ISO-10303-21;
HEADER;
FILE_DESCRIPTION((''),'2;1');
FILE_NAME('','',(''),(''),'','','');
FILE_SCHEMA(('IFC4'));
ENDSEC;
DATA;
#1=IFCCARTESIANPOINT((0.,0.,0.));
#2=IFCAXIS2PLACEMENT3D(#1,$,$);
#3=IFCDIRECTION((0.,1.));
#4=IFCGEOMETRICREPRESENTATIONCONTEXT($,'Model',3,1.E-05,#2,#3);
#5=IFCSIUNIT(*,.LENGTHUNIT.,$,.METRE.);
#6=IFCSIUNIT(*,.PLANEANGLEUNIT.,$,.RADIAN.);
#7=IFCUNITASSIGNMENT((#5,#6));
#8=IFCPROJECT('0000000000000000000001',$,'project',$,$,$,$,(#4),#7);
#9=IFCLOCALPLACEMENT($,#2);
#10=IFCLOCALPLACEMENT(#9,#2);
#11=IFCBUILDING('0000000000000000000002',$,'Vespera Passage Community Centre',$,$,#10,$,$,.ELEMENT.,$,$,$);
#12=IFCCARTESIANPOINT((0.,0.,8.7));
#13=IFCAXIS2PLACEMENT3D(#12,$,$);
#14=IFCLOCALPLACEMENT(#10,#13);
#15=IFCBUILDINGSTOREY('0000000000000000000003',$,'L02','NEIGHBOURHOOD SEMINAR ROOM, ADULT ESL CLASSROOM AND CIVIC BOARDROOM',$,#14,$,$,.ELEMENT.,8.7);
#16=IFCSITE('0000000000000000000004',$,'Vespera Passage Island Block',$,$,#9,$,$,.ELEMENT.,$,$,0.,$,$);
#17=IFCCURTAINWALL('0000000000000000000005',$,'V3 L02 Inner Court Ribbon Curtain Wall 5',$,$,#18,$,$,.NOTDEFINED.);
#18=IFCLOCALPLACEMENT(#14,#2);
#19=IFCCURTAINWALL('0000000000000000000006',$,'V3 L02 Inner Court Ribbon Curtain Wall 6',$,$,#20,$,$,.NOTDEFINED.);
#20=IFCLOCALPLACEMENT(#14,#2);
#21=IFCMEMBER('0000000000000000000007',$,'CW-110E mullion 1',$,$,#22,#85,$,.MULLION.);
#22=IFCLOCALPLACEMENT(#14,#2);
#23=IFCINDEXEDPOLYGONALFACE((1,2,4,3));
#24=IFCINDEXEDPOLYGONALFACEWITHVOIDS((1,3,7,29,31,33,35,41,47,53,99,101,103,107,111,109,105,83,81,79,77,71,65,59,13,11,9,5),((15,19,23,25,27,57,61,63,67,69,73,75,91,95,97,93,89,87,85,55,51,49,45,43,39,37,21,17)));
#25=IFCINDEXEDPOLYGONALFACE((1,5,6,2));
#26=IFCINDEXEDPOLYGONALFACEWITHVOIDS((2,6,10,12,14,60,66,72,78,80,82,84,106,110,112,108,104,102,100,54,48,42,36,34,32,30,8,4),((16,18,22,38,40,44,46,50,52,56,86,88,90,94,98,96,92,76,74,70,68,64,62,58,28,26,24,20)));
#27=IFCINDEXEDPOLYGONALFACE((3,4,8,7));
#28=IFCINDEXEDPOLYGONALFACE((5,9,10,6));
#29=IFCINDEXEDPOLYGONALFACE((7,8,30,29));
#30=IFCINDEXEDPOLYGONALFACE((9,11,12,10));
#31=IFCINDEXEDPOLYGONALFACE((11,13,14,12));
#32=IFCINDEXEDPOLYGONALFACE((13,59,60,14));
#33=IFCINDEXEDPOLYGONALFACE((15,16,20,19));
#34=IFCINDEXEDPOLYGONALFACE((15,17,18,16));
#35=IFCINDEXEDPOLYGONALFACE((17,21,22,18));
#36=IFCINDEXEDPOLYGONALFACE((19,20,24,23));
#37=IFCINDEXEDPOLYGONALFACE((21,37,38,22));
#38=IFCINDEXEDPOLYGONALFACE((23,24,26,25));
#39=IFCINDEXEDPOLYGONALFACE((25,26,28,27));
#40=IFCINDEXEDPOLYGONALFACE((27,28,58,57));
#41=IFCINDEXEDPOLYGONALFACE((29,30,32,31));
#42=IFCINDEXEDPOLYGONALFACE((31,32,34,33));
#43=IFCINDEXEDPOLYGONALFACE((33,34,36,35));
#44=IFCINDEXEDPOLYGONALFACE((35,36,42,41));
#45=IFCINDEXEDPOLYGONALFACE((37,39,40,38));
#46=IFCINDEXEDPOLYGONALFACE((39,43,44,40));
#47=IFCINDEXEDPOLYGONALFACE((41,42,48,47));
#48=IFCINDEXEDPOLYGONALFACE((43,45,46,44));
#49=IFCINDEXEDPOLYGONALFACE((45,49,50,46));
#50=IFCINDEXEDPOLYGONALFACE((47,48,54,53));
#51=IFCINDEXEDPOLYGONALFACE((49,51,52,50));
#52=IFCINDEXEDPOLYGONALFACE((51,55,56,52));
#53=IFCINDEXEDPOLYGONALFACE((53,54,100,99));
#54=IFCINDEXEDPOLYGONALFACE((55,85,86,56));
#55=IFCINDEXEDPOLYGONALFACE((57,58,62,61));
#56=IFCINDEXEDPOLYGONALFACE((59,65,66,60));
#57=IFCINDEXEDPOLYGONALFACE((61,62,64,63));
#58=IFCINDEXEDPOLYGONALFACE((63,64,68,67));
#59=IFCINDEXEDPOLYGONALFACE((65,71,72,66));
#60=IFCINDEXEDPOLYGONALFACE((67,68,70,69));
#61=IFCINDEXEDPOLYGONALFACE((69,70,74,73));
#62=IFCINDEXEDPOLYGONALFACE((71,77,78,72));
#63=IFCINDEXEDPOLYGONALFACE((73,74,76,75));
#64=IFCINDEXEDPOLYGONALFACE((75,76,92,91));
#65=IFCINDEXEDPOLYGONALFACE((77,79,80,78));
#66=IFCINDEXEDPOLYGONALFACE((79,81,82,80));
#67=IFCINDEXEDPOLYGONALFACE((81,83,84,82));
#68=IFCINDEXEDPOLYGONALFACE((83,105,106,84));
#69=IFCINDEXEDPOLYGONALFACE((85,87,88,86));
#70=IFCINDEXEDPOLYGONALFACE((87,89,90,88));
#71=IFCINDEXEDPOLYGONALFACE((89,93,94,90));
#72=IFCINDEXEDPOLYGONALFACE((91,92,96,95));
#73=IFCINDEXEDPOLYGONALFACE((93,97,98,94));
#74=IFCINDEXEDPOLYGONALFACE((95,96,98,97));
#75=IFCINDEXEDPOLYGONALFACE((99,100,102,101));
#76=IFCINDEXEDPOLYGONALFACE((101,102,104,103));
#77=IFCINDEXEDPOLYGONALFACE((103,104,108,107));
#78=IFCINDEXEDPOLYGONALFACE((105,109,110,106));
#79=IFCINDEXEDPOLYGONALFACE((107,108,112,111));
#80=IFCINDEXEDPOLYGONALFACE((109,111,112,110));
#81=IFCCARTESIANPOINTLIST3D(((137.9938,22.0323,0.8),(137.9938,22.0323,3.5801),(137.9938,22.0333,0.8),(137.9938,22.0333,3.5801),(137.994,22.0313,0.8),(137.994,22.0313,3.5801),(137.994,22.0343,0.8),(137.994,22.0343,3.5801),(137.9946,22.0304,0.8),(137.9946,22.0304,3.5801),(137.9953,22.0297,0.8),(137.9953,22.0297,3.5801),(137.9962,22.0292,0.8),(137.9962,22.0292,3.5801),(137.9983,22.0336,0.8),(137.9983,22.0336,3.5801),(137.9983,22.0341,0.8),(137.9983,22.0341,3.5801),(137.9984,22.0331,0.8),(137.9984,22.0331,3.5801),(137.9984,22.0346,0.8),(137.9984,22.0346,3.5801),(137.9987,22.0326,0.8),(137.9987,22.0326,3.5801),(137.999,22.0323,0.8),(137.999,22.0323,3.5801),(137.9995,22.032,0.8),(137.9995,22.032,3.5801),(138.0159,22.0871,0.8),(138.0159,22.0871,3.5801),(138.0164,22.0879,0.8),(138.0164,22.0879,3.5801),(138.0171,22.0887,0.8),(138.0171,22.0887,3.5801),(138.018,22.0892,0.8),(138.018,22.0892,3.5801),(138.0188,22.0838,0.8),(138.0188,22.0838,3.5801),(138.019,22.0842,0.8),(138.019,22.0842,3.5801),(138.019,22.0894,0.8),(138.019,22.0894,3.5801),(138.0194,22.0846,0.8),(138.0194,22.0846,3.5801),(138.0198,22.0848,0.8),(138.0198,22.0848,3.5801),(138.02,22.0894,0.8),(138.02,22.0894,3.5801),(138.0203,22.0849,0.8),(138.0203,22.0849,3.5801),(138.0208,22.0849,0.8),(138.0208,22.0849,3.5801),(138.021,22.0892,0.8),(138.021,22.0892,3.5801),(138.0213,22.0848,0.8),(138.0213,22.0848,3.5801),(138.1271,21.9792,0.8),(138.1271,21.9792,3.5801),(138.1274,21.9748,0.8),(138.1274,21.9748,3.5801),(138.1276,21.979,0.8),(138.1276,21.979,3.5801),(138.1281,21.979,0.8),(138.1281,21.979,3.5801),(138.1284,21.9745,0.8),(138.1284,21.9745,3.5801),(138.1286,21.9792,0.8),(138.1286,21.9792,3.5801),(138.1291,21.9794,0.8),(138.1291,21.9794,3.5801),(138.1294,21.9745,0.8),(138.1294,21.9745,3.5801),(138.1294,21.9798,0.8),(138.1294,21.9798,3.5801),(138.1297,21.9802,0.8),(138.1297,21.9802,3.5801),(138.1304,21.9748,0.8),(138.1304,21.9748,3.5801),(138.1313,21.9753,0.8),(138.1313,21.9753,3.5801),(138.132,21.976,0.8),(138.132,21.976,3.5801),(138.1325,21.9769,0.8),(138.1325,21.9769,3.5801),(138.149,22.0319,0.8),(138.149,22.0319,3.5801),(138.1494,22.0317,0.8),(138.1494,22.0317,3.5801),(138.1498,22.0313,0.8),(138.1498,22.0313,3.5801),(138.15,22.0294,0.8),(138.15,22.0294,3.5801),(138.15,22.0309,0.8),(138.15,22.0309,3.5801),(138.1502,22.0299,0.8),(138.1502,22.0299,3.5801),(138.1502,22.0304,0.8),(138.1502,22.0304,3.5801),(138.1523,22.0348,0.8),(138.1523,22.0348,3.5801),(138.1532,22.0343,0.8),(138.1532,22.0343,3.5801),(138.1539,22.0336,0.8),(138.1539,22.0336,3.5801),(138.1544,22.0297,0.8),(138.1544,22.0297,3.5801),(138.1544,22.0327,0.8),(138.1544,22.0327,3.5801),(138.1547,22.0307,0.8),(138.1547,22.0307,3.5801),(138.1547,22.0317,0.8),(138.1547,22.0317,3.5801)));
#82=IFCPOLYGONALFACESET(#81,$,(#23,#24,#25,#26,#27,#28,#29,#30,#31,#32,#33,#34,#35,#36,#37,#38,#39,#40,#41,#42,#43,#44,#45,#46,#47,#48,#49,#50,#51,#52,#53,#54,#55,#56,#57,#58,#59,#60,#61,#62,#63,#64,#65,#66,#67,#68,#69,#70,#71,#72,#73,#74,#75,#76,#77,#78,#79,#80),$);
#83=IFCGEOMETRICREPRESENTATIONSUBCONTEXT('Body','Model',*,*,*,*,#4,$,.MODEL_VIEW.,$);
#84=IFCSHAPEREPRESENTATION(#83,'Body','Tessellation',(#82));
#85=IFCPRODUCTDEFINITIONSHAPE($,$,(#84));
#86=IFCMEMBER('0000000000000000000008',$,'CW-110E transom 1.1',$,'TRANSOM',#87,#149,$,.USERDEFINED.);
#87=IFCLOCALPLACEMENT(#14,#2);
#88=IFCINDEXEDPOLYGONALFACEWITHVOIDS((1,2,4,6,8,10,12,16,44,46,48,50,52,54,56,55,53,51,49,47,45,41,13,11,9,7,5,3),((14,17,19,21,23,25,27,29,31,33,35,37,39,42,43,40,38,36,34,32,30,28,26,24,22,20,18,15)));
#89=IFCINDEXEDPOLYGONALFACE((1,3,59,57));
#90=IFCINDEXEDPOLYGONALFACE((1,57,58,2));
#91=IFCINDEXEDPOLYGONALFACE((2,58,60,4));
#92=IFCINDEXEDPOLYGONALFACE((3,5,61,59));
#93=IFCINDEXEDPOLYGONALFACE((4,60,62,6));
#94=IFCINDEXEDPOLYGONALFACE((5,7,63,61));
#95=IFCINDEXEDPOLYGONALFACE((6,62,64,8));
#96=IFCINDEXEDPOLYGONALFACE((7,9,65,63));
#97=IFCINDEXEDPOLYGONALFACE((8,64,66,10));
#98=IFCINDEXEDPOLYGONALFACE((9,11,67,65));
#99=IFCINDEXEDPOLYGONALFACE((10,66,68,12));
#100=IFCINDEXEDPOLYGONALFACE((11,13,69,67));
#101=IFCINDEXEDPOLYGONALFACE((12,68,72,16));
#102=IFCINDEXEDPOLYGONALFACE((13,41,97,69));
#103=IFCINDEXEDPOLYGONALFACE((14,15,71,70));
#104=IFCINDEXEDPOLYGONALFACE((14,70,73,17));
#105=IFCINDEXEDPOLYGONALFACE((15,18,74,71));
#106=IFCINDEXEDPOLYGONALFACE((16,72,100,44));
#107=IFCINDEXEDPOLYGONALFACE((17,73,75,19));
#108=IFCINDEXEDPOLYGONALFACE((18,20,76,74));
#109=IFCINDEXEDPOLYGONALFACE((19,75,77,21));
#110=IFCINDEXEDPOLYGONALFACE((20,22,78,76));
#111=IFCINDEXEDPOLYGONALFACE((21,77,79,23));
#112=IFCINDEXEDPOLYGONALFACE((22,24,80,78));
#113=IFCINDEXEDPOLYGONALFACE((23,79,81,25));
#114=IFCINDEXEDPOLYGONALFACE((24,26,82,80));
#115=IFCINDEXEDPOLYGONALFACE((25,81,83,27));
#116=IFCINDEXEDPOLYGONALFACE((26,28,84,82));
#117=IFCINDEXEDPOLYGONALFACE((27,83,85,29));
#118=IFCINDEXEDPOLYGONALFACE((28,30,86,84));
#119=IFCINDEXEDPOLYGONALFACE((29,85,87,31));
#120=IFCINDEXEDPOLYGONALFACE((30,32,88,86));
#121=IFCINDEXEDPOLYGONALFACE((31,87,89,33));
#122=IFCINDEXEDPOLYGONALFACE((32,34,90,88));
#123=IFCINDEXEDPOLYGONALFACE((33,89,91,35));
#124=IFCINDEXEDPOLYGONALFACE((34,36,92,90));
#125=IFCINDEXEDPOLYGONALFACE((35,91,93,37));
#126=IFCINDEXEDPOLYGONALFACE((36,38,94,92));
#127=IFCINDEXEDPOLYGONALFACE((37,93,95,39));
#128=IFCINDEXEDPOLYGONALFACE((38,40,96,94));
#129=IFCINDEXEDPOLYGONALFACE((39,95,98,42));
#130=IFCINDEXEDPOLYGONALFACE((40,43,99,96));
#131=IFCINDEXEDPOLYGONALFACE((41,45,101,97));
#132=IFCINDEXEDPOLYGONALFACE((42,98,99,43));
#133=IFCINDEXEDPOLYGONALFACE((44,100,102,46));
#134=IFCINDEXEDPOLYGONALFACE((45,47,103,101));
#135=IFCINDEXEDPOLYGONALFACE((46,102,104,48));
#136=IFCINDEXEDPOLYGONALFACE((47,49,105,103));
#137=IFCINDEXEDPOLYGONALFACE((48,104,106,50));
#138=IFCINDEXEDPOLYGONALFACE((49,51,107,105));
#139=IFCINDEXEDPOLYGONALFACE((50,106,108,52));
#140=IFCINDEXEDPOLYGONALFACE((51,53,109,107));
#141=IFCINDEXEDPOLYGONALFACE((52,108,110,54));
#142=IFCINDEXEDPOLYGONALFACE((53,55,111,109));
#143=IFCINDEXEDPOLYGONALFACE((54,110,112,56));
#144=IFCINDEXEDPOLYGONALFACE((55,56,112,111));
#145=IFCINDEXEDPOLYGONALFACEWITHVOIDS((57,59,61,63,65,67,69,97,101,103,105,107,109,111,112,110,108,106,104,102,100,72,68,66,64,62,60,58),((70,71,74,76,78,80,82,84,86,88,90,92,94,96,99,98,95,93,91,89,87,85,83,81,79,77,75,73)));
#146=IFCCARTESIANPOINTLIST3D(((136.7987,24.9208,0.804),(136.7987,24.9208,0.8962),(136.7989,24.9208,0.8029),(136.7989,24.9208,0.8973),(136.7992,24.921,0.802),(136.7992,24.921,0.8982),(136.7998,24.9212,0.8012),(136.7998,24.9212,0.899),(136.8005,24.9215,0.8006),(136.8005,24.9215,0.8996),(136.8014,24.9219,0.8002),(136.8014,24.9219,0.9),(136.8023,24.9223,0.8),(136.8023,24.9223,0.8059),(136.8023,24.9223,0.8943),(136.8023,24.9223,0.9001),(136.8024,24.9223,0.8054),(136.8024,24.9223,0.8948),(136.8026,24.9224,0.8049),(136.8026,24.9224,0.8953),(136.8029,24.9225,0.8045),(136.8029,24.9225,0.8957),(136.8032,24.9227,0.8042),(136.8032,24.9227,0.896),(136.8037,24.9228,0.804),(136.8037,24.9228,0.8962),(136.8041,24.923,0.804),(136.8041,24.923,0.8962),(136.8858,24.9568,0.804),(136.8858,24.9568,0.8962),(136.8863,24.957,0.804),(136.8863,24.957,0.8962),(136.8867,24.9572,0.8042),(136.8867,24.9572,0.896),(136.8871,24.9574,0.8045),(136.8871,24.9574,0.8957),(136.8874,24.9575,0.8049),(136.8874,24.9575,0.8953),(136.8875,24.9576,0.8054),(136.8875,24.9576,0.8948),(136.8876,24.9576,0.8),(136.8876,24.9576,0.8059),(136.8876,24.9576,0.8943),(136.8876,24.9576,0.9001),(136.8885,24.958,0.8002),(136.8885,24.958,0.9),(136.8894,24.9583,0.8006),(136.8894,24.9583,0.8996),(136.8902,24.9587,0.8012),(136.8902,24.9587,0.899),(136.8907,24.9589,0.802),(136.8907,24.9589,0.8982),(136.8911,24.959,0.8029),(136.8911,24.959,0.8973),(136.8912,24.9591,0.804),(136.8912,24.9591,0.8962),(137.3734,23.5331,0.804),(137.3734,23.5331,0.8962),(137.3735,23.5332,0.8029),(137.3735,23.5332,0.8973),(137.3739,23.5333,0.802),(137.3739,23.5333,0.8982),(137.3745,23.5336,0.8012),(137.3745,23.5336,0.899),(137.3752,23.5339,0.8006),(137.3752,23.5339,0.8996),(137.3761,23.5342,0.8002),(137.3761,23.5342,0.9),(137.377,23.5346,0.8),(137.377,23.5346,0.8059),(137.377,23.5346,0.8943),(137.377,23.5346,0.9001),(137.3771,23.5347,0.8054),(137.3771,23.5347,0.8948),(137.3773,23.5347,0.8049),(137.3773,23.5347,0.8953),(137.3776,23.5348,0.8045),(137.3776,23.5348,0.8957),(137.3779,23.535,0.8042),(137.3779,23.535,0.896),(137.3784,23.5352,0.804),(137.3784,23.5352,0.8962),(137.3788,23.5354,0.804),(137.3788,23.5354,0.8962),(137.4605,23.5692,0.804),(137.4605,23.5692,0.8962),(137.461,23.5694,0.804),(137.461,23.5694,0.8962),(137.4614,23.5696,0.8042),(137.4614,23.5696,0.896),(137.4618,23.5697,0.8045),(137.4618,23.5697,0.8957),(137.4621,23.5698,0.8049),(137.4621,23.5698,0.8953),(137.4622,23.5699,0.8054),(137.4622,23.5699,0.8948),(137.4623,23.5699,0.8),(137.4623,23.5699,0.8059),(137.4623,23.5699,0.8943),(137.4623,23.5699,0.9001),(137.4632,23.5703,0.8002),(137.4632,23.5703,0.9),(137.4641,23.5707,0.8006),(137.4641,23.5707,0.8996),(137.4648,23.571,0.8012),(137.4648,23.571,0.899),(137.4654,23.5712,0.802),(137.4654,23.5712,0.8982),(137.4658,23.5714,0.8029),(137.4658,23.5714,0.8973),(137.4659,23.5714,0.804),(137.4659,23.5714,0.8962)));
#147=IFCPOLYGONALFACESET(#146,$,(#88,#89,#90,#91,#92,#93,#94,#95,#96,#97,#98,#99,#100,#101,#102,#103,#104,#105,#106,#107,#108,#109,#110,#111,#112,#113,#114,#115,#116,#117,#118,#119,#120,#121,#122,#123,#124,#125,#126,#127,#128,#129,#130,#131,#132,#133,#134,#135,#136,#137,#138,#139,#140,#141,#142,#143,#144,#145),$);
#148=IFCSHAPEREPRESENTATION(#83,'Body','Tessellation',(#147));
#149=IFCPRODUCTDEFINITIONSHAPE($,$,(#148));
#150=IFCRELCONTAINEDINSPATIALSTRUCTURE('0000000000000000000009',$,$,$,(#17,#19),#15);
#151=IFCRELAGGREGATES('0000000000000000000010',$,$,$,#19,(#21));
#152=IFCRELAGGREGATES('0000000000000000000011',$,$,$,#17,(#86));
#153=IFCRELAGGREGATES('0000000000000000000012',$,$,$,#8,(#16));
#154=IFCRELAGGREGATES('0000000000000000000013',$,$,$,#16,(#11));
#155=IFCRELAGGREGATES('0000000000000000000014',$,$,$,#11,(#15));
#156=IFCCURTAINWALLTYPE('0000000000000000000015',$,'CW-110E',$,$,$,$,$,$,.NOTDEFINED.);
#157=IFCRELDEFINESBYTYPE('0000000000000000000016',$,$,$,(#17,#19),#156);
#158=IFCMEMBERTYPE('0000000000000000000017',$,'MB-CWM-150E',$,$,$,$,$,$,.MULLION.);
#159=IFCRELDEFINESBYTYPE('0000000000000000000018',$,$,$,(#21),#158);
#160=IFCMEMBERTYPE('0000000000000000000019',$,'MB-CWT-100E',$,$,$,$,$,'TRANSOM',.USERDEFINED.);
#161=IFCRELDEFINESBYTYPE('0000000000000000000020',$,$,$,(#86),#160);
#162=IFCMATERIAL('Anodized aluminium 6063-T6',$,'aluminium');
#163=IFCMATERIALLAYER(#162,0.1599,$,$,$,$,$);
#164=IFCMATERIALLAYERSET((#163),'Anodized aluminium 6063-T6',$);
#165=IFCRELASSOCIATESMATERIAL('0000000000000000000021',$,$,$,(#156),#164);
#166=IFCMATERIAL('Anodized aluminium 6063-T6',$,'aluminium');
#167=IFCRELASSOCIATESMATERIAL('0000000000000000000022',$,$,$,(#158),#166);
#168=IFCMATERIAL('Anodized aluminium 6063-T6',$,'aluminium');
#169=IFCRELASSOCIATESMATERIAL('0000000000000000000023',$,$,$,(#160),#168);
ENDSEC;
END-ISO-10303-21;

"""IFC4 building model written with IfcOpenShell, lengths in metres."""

from ifc_helpers import new_model, si_unit, direction, frame, origin, origin_2d, place, context, subcontext, project, spatial, hollow_rectangle, extrude, material, layer, layer_set, material_profile, profile_set, type_object, element, aggregate, save


model = new_model("IFC4")

# Units and contexts
model_context = context("Model", 3, precision=1e-05, world=origin(), true_north=direction((0.0, 1.0)))
body_context = subcontext(model_context, "Body", "Model", "MODEL_VIEW")
ifc_project = project(units=[si_unit("LENGTHUNIT", "METRE"), si_unit("PLANEANGLEUNIT", "RADIAN")], contexts=[model_context])

# Site, building, storey
site_placement = place(None, origin())
site = spatial("IfcSite", under=ifc_project, at=site_placement, Name="Vespera Passage Island Block", CompositionType="ELEMENT", RefElevation=0.0)
building_placement = place(site_placement, origin())
building = spatial("IfcBuilding", under=site, at=building_placement, Name="Vespera Passage Community Centre", CompositionType="ELEMENT")
storey_placement = place(building_placement, frame((0.0, 0.0, 8.7)))
storey = spatial("IfcBuildingStorey", under=building, at=storey_placement, Name="L02", Description="NEIGHBOURHOOD SEMINAR ROOM, ADULT ESL CLASSROOM AND CIVIC BOARDROOM", CompositionType="ELEMENT", Elevation=8.7)

# Curtain wall
ifc_material_1 = material(Name="Anodized aluminium 6063-T6", Category="aluminium")
ifc_layer_1 = layer(ifc_material_1, 0.1599)
ifc_layer_set_1 = layer_set([ifc_layer_1], Name="Anodized aluminium 6063-T6")
curtain_wall_type = type_object("IfcCurtainWallType", Name="CW-110E", PredefinedType="NOTDEFINED", material=ifc_layer_set_1)
curtain_wall_1_placement = place(storey_placement, origin())
curtain_wall_1 = element("IfcCurtainWall", 1, at=curtain_wall_1_placement, inside=storey, type_object=curtain_wall_type, Name="V3 L02 Inner Court Ribbon Curtain Wall 5", PredefinedType="NOTDEFINED")
ifc_material_2 = material(Name="Anodized aluminium 6063-T6", Category="aluminium")
ifc_material_profile_1 = material_profile(ifc_material_2, hollow_rectangle(XDim=0.0649, YDim=0.1499, WallThickness=0.0039, InnerFilletRadius=0.002, OuterFilletRadius=0.0039, at=origin_2d()), Name="ALU150X65X4")
ifc_profile_set_1 = profile_set([ifc_material_profile_1], Name="Anodized aluminium 6063-T6")
member_type_1 = type_object("IfcMemberType", Name="MB-CWM-150E", PredefinedType="MULLION", material=ifc_profile_set_1)

# Curtain wall, member
curtain_wall_2_placement = place(storey_placement, origin())
curtain_wall_2 = element("IfcCurtainWall", 2, at=curtain_wall_2_placement, inside=storey, type_object=curtain_wall_type, Name="V3 L02 Inner Court Ribbon Curtain Wall 6", PredefinedType="NOTDEFINED")
member_1_placement = place(storey_placement, frame((138.0742, 22.032, 0.8), z_axis=(0.0, 0.0, 1.0), x_axis=(0.382686, 0.923879, 0.0)))
member_1 = element("IfcMember", 3, at=member_1_placement, type_object=member_type_1, Name="CW-110E mullion 1", PredefinedType="MULLION", context=body_context, shape_type="SweptSolid", body=[
    extrude(hollow_rectangle(XDim=0.0649, YDim=0.1499, WallThickness=0.0039, InnerFilletRadius=0.002, OuterFilletRadius=0.0039, at=origin_2d()), origin(), (0.0, 0.0, 1.0), 2.78),
])

# Member
ifc_material_3 = material(Name="Anodized aluminium 6063-T6", Category="aluminium")
ifc_material_profile_2 = material_profile(ifc_material_3, hollow_rectangle(XDim=0.1001, YDim=0.1001, WallThickness=0.0039, InnerFilletRadius=0.002, OuterFilletRadius=0.0039, at=origin_2d()), Name="ALU100X100X4")
ifc_profile_set_2 = profile_set([ifc_material_profile_2], Name="Anodized aluminium 6063-T6")
member_type_2 = type_object("IfcMemberType", Name="MB-CWT-100E", ElementType="TRANSOM", PredefinedType="USERDEFINED", material=ifc_profile_set_2)
member_2_placement = place(storey_placement, frame((136.845, 24.9399, 0.8501), z_axis=(0.382629, -0.923902, 0.0), x_axis=(0.923902, 0.382629, 0.0)))
member_2 = element("IfcMember", 4, at=member_2_placement, type_object=member_type_2, Name="CW-110E transom 1.1", ObjectType="TRANSOM", PredefinedType="USERDEFINED", context=body_context, shape_type="SweptSolid", body=[
    extrude(hollow_rectangle(XDim=0.1001, YDim=0.1001, WallThickness=0.0039, InnerFilletRadius=0.002, OuterFilletRadius=0.0039, at=origin_2d()), origin(), (0.0, 0.0, 1.0), 1.502),
])
aggregate(curtain_wall_2, [member_1])

aggregate(curtain_wall_1, [member_2])

save(model, "model.ifc")
